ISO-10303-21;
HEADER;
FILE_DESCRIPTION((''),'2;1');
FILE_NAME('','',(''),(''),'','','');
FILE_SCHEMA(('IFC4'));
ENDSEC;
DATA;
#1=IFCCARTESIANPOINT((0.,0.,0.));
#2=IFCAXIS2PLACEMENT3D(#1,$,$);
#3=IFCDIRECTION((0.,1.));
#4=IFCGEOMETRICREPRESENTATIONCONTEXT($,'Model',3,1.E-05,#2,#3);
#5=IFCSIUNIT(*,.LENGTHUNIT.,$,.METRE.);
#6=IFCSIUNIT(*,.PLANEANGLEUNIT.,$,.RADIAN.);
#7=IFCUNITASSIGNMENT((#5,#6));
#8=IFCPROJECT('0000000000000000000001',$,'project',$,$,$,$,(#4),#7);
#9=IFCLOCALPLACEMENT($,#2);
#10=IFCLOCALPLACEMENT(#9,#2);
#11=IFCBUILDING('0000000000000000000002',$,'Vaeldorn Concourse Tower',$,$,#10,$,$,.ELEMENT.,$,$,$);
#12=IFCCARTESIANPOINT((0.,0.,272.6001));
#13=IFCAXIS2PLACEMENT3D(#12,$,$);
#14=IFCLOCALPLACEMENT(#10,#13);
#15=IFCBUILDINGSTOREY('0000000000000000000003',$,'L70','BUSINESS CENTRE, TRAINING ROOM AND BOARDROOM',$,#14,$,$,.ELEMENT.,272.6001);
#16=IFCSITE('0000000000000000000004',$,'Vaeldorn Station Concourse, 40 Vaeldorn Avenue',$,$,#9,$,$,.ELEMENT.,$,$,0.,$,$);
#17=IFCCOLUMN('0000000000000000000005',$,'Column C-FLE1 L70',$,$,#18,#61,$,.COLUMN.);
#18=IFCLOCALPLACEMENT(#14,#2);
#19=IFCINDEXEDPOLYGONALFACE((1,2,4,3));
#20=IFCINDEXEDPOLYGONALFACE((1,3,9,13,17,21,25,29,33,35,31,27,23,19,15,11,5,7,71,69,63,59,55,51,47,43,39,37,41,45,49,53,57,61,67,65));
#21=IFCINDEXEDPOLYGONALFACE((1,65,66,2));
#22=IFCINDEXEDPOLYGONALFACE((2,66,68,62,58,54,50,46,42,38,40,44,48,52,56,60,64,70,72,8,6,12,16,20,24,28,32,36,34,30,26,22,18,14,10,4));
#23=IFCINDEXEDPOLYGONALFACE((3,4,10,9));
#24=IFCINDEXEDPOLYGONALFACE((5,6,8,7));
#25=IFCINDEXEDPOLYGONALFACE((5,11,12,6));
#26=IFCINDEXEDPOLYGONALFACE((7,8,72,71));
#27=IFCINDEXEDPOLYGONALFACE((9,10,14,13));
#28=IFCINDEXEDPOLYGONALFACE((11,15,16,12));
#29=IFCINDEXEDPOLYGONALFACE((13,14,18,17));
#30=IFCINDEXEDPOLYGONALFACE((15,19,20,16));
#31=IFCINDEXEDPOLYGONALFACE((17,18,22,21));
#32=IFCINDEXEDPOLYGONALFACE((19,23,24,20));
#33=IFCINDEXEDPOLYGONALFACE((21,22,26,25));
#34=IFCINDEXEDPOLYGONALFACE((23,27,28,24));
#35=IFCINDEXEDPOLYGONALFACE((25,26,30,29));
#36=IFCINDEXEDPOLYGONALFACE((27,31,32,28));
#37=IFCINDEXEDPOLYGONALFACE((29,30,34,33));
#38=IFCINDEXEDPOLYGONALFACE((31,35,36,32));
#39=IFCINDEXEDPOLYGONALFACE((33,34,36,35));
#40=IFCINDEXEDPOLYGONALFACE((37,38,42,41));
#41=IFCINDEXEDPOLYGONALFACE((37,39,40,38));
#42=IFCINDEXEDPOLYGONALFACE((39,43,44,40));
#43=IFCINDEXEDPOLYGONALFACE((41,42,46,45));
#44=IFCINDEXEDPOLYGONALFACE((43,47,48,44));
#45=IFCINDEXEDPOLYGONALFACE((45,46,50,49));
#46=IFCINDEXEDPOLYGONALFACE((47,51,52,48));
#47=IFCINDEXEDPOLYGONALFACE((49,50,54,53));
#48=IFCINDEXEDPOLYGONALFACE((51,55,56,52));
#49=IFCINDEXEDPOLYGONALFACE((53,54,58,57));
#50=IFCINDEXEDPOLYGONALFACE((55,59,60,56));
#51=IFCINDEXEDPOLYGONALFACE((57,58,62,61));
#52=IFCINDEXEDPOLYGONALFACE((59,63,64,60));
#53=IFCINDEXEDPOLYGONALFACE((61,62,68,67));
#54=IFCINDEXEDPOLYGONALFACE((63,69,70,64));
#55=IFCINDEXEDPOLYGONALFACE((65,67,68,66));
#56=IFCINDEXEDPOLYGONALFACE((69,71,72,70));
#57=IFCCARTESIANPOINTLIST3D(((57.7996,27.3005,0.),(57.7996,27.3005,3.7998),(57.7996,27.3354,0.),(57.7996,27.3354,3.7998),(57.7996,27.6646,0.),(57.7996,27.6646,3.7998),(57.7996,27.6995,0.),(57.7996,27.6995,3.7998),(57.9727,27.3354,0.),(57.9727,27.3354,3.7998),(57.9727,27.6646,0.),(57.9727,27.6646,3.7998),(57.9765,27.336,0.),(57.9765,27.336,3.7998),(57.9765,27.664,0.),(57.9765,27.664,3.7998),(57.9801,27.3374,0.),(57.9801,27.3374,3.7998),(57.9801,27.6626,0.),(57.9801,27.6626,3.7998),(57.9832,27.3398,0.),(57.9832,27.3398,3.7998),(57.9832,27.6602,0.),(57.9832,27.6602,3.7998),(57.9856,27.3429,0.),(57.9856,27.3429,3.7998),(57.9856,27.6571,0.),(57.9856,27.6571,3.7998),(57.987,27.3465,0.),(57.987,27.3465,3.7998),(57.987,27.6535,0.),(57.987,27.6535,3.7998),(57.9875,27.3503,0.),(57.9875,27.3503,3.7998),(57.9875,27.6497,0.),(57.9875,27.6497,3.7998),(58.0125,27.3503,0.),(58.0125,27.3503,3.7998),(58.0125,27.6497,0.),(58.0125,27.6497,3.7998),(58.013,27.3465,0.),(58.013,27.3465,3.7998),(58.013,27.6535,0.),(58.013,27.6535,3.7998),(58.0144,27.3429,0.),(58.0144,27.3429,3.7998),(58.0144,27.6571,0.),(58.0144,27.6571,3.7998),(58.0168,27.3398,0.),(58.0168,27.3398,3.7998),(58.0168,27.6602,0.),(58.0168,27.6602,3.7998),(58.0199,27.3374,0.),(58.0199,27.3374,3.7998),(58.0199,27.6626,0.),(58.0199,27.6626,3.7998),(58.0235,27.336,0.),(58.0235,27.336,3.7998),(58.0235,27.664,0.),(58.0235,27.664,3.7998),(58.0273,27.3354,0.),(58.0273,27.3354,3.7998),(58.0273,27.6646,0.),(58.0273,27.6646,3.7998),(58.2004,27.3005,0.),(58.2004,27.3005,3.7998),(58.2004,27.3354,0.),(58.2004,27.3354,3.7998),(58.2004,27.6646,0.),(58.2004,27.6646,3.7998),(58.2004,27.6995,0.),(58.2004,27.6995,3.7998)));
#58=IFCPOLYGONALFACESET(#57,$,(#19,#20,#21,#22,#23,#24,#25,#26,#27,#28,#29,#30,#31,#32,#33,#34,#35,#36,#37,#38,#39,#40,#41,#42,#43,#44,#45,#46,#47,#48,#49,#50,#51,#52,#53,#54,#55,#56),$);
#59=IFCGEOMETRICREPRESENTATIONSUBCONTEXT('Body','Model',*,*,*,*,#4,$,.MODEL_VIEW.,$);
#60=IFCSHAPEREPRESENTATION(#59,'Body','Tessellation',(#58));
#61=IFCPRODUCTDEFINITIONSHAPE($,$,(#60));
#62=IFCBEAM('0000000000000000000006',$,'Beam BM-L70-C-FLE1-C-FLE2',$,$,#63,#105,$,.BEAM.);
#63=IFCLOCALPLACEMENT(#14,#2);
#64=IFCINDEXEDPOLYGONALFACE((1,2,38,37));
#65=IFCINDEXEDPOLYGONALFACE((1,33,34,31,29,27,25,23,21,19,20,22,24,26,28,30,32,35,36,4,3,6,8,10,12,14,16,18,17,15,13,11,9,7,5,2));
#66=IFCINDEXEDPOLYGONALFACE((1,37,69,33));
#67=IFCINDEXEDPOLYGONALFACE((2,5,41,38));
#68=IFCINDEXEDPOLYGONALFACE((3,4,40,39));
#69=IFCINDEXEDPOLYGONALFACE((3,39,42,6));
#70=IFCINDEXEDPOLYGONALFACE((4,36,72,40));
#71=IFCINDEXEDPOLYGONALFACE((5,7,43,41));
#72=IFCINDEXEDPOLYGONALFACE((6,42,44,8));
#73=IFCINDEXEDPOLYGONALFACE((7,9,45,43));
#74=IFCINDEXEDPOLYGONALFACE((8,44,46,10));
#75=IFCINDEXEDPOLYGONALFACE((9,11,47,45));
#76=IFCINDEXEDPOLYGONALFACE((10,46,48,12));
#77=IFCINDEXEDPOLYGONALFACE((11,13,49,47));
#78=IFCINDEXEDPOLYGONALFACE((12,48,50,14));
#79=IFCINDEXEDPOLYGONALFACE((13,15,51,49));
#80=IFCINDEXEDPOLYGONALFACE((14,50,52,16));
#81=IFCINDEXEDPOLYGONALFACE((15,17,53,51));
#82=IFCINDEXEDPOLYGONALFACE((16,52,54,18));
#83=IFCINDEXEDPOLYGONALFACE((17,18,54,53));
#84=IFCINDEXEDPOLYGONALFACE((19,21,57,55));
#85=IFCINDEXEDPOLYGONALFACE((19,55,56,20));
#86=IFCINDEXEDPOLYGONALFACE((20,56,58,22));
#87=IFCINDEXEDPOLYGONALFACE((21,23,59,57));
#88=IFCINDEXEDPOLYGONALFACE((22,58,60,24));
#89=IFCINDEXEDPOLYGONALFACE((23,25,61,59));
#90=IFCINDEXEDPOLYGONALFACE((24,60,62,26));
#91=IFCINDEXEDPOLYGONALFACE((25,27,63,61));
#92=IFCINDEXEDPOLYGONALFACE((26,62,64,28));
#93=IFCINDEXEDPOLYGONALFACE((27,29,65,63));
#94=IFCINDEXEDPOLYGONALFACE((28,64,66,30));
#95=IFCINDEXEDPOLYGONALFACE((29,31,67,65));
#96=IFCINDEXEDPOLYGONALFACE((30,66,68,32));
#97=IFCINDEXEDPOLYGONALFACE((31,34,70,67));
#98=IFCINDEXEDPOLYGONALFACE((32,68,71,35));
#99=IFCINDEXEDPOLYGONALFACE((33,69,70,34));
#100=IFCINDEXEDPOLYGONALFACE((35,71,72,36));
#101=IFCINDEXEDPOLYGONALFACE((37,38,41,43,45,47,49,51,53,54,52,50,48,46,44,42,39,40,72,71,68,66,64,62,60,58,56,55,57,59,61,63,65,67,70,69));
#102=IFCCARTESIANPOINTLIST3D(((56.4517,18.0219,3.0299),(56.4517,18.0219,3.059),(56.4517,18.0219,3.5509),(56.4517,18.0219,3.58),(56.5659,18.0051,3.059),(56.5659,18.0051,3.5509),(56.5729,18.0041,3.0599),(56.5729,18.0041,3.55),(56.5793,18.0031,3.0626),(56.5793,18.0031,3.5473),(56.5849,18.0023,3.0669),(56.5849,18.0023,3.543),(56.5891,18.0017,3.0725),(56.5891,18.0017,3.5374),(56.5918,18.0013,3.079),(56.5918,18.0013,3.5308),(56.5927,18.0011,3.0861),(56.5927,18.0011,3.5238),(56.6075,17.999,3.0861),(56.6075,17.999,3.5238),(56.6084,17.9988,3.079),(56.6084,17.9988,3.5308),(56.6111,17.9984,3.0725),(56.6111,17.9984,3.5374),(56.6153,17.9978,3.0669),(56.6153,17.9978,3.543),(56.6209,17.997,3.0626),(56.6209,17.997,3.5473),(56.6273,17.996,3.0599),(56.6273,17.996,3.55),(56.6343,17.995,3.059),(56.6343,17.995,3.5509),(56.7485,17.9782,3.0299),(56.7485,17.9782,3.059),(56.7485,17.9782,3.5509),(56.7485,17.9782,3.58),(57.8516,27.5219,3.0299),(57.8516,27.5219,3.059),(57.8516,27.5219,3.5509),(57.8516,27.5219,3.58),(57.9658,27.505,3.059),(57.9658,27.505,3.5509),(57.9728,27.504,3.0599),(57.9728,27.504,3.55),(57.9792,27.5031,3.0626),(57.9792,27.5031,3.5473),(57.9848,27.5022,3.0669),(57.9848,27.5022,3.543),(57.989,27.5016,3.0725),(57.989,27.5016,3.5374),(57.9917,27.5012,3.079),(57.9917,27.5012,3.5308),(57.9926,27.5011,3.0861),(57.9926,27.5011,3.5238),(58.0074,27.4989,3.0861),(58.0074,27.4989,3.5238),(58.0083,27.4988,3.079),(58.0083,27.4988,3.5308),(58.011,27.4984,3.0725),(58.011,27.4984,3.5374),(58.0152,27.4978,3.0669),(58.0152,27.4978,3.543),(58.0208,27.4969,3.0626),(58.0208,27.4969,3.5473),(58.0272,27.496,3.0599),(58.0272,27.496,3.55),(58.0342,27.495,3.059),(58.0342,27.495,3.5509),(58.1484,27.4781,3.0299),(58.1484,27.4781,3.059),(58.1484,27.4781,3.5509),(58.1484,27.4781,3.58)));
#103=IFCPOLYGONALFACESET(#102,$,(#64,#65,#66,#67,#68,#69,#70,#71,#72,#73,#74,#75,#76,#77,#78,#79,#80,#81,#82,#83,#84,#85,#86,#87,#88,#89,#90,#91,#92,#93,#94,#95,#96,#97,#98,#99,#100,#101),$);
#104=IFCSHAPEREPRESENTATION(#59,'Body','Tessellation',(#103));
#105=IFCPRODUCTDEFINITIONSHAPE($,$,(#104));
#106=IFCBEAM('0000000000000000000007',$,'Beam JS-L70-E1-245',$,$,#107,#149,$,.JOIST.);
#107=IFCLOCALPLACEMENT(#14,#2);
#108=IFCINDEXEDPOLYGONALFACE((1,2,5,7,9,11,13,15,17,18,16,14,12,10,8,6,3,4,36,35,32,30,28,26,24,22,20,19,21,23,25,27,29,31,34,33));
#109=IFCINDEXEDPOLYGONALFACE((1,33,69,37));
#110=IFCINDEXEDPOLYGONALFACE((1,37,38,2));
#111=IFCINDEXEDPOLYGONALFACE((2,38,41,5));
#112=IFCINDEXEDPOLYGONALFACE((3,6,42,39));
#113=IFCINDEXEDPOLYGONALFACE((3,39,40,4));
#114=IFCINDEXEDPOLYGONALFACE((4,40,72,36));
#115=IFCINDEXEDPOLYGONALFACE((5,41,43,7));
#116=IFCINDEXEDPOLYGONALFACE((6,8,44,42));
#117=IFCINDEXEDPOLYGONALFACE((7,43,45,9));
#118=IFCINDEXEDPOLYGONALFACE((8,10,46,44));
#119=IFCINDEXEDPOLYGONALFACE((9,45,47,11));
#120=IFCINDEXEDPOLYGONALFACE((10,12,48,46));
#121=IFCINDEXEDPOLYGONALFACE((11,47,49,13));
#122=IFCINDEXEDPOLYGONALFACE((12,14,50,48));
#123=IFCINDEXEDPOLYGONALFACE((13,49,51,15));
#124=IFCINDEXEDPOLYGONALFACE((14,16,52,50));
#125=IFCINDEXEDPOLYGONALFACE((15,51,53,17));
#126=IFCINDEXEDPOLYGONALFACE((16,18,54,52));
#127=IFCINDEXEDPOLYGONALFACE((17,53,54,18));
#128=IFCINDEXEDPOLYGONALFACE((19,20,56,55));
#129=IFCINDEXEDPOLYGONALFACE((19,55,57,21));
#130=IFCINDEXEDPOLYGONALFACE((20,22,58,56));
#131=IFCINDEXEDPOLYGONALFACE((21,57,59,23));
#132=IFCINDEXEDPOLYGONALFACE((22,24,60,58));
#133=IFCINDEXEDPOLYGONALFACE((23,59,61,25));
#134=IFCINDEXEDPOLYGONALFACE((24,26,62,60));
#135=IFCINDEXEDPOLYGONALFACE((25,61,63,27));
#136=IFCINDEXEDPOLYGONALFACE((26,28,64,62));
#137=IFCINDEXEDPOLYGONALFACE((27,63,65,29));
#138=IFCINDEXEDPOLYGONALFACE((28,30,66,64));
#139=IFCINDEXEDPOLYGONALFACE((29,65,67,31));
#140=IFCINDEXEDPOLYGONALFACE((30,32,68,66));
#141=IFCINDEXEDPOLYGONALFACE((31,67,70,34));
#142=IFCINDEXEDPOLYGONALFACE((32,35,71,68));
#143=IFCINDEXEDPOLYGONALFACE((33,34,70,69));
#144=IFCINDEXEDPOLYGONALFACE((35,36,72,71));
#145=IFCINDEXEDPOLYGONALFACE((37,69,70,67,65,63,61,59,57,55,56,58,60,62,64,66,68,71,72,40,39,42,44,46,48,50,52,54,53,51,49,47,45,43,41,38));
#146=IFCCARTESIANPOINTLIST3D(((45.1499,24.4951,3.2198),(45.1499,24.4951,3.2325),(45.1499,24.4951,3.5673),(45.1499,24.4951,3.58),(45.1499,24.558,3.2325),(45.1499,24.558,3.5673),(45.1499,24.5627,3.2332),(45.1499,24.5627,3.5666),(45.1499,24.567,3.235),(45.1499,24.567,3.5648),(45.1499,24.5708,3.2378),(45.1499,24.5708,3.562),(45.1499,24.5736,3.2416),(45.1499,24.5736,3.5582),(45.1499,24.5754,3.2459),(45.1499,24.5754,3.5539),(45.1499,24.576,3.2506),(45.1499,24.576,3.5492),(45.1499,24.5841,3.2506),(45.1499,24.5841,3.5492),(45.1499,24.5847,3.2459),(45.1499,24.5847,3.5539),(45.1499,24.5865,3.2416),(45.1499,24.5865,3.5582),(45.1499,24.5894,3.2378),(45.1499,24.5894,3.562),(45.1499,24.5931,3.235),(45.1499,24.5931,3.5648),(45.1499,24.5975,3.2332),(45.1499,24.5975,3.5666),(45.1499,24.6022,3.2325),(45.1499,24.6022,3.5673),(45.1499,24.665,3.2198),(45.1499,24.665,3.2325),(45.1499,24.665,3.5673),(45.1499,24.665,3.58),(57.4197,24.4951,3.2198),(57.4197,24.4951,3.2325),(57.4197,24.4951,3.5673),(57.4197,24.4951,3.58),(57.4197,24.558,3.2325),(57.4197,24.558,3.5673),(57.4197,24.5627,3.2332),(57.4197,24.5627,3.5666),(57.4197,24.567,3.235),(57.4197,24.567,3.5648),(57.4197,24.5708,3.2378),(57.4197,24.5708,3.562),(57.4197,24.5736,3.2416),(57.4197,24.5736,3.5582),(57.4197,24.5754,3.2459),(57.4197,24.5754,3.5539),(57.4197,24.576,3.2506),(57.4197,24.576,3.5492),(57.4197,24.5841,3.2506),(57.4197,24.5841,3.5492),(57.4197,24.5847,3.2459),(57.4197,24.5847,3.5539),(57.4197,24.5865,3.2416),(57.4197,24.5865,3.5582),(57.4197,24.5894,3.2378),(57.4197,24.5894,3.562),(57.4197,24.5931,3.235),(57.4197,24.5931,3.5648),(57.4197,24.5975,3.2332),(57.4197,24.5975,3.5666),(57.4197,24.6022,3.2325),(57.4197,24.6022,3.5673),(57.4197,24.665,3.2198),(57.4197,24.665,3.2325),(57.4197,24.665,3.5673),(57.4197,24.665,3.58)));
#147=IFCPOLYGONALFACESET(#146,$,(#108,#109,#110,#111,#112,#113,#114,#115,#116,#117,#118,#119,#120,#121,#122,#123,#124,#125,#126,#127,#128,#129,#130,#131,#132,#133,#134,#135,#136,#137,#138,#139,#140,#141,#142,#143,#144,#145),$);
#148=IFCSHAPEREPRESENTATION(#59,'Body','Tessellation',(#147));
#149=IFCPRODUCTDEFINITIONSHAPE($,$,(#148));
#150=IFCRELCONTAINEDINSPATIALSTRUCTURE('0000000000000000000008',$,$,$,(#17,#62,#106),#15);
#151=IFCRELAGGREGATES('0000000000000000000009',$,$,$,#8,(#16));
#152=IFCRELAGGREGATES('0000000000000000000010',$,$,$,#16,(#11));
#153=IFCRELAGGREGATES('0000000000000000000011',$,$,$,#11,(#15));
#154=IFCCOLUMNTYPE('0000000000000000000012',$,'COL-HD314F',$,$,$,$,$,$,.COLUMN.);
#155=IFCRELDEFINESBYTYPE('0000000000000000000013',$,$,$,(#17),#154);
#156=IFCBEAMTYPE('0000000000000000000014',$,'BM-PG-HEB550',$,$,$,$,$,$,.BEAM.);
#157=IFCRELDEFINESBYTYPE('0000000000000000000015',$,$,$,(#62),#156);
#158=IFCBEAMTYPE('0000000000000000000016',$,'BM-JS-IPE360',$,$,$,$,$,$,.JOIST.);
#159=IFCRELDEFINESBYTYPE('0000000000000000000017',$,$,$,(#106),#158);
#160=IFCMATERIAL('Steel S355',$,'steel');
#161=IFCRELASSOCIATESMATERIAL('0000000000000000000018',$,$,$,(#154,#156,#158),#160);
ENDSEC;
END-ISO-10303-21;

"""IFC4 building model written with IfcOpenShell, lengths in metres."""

from ifc_helpers import new_model, si_unit, direction, frame, origin, origin_2d, place, context, subcontext, project, spatial, i_section, extrude, source, transform, mapped, material, material_profile, profile_set, type_object, element, save


model = new_model("IFC4")

# Units and contexts
model_context = context("Model", 3, precision=1e-05, world=origin(), true_north=direction((0.0, 1.0)))
body_context = subcontext(model_context, "Body", "Model", "MODEL_VIEW")
ifc_project = project(units=[si_unit("LENGTHUNIT", "METRE"), si_unit("PLANEANGLEUNIT", "RADIAN")], contexts=[model_context])

# Site, building, storey
site_placement = place(None, origin())
site = spatial("IfcSite", under=ifc_project, at=site_placement, Name="Vaeldorn Station Concourse, 40 Vaeldorn Avenue", CompositionType="ELEMENT", RefElevation=0.0)
building_placement = place(site_placement, origin())
building = spatial("IfcBuilding", under=site, at=building_placement, Name="Vaeldorn Concourse Tower", CompositionType="ELEMENT")
storey_placement = place(building_placement, frame((0.0, 0.0, 272.6001)))
storey = spatial("IfcBuildingStorey", under=building, at=storey_placement, Name="L70", Description="BUSINESS CENTRE, TRAINING ROOM AND BOARDROOM", CompositionType="ELEMENT", Elevation=272.6001)

# Column
ifc_material_1 = material(Name="Steel S355", Category="steel")
ifc_material_profile_1 = material_profile(ifc_material_1, i_section(OverallWidth=0.4009, OverallDepth=0.3989, WebThickness=0.0249, FlangeThickness=0.0349, FilletRadius=0.0149, at=origin_2d()), Name="HD 400x314")
ifc_profile_set_1 = profile_set([ifc_material_profile_1], Name="Steel S355")
column_type = type_object("IfcColumnType", Name="COL-HD314F", PredefinedType="COLUMN", material=ifc_profile_set_1)
shared_shape_1 = source(origin(), body_context, "Body", "SweptSolid", [
    extrude(i_section(OverallWidth=0.4009, OverallDepth=0.3989, WebThickness=0.0249, FlangeThickness=0.0349, FilletRadius=0.0149, at=origin_2d()), origin(), (0.0, 0.0, 1.0), 3.7998),
])
column_placement = place(storey_placement, frame((58.0, 27.5, 0.0), z_axis=(0.0, 0.0, 1.0), x_axis=(1.0, 0.0, 0.0)))
element("IfcColumn", 1, at=column_placement, inside=storey, type_object=column_type, Name="Column C-FLE1 L70", PredefinedType="COLUMN", context=body_context, shape_type="MappedRepresentation", body=[
    mapped(shared_shape_1, transform((0.0, 0.0, 0.0), scale=1.0)),
])

# Beams
ifc_material_profile_2 = material_profile(ifc_material_1, i_section(OverallWidth=0.3, OverallDepth=0.55, WebThickness=0.0149, FlangeThickness=0.0291, FilletRadius=0.0271, at=origin_2d()), Name="HEB 550")
ifc_profile_set_2 = profile_set([ifc_material_profile_2], Name="Steel S355")
beam_type_1 = type_object("IfcBeamType", Name="BM-PG-HEB550", PredefinedType="BEAM", material=ifc_profile_set_2)
shared_shape_2 = source(origin(), body_context, "Body", "SweptSolid", [
    extrude(i_section(OverallWidth=0.3, OverallDepth=0.55, WebThickness=0.0149, FlangeThickness=0.0291, FilletRadius=0.0271, at=origin_2d()), origin(), (0.0, 0.0, 1.0), 9.6025),
])
beam_1_placement = place(storey_placement, frame((58.0, 27.5, 3.3049), z_axis=(-0.145784, -0.989316, 0.0), x_axis=(0.989316, -0.145784, 0.0)))
element("IfcBeam", 2, at=beam_1_placement, inside=storey, type_object=beam_type_1, Name="Beam BM-L70-C-FLE1-C-FLE2", PredefinedType="BEAM", context=body_context, shape_type="MappedRepresentation", body=[
    mapped(shared_shape_2, transform((0.0, 0.0, 0.0), scale=1.0)),
])
ifc_material_profile_3 = material_profile(ifc_material_1, i_section(OverallWidth=0.1699, OverallDepth=0.3601, WebThickness=0.0081, FlangeThickness=0.0127, FilletRadius=0.0181, at=origin_2d()), Name="IPE 360")
ifc_profile_set_3 = profile_set([ifc_material_profile_3], Name="Steel S355")
beam_type_2 = type_object("IfcBeamType", Name="BM-JS-IPE360", PredefinedType="JOIST", material=ifc_profile_set_3)
shared_shape_3 = source(origin(), body_context, "Body", "SweptSolid", [
    extrude(i_section(OverallWidth=0.1699, OverallDepth=0.3601, WebThickness=0.0081, FlangeThickness=0.0127, FilletRadius=0.0181, at=origin_2d()), origin(), (0.0, 0.0, 1.0), 12.2698),
])
beam_2_placement = place(storey_placement, frame((45.1499, 24.5801, 3.3999), z_axis=(1.0, 0.0, 0.0), x_axis=(0.0, 1.0, 0.0)))
element("IfcBeam", 3, at=beam_2_placement, inside=storey, type_object=beam_type_2, Name="Beam JS-L70-E1-245", PredefinedType="JOIST", context=body_context, shape_type="MappedRepresentation", body=[
    mapped(shared_shape_3, transform((0.0, 0.0, 0.0), scale=1.0)),
])

save(model, "model.ifc")
